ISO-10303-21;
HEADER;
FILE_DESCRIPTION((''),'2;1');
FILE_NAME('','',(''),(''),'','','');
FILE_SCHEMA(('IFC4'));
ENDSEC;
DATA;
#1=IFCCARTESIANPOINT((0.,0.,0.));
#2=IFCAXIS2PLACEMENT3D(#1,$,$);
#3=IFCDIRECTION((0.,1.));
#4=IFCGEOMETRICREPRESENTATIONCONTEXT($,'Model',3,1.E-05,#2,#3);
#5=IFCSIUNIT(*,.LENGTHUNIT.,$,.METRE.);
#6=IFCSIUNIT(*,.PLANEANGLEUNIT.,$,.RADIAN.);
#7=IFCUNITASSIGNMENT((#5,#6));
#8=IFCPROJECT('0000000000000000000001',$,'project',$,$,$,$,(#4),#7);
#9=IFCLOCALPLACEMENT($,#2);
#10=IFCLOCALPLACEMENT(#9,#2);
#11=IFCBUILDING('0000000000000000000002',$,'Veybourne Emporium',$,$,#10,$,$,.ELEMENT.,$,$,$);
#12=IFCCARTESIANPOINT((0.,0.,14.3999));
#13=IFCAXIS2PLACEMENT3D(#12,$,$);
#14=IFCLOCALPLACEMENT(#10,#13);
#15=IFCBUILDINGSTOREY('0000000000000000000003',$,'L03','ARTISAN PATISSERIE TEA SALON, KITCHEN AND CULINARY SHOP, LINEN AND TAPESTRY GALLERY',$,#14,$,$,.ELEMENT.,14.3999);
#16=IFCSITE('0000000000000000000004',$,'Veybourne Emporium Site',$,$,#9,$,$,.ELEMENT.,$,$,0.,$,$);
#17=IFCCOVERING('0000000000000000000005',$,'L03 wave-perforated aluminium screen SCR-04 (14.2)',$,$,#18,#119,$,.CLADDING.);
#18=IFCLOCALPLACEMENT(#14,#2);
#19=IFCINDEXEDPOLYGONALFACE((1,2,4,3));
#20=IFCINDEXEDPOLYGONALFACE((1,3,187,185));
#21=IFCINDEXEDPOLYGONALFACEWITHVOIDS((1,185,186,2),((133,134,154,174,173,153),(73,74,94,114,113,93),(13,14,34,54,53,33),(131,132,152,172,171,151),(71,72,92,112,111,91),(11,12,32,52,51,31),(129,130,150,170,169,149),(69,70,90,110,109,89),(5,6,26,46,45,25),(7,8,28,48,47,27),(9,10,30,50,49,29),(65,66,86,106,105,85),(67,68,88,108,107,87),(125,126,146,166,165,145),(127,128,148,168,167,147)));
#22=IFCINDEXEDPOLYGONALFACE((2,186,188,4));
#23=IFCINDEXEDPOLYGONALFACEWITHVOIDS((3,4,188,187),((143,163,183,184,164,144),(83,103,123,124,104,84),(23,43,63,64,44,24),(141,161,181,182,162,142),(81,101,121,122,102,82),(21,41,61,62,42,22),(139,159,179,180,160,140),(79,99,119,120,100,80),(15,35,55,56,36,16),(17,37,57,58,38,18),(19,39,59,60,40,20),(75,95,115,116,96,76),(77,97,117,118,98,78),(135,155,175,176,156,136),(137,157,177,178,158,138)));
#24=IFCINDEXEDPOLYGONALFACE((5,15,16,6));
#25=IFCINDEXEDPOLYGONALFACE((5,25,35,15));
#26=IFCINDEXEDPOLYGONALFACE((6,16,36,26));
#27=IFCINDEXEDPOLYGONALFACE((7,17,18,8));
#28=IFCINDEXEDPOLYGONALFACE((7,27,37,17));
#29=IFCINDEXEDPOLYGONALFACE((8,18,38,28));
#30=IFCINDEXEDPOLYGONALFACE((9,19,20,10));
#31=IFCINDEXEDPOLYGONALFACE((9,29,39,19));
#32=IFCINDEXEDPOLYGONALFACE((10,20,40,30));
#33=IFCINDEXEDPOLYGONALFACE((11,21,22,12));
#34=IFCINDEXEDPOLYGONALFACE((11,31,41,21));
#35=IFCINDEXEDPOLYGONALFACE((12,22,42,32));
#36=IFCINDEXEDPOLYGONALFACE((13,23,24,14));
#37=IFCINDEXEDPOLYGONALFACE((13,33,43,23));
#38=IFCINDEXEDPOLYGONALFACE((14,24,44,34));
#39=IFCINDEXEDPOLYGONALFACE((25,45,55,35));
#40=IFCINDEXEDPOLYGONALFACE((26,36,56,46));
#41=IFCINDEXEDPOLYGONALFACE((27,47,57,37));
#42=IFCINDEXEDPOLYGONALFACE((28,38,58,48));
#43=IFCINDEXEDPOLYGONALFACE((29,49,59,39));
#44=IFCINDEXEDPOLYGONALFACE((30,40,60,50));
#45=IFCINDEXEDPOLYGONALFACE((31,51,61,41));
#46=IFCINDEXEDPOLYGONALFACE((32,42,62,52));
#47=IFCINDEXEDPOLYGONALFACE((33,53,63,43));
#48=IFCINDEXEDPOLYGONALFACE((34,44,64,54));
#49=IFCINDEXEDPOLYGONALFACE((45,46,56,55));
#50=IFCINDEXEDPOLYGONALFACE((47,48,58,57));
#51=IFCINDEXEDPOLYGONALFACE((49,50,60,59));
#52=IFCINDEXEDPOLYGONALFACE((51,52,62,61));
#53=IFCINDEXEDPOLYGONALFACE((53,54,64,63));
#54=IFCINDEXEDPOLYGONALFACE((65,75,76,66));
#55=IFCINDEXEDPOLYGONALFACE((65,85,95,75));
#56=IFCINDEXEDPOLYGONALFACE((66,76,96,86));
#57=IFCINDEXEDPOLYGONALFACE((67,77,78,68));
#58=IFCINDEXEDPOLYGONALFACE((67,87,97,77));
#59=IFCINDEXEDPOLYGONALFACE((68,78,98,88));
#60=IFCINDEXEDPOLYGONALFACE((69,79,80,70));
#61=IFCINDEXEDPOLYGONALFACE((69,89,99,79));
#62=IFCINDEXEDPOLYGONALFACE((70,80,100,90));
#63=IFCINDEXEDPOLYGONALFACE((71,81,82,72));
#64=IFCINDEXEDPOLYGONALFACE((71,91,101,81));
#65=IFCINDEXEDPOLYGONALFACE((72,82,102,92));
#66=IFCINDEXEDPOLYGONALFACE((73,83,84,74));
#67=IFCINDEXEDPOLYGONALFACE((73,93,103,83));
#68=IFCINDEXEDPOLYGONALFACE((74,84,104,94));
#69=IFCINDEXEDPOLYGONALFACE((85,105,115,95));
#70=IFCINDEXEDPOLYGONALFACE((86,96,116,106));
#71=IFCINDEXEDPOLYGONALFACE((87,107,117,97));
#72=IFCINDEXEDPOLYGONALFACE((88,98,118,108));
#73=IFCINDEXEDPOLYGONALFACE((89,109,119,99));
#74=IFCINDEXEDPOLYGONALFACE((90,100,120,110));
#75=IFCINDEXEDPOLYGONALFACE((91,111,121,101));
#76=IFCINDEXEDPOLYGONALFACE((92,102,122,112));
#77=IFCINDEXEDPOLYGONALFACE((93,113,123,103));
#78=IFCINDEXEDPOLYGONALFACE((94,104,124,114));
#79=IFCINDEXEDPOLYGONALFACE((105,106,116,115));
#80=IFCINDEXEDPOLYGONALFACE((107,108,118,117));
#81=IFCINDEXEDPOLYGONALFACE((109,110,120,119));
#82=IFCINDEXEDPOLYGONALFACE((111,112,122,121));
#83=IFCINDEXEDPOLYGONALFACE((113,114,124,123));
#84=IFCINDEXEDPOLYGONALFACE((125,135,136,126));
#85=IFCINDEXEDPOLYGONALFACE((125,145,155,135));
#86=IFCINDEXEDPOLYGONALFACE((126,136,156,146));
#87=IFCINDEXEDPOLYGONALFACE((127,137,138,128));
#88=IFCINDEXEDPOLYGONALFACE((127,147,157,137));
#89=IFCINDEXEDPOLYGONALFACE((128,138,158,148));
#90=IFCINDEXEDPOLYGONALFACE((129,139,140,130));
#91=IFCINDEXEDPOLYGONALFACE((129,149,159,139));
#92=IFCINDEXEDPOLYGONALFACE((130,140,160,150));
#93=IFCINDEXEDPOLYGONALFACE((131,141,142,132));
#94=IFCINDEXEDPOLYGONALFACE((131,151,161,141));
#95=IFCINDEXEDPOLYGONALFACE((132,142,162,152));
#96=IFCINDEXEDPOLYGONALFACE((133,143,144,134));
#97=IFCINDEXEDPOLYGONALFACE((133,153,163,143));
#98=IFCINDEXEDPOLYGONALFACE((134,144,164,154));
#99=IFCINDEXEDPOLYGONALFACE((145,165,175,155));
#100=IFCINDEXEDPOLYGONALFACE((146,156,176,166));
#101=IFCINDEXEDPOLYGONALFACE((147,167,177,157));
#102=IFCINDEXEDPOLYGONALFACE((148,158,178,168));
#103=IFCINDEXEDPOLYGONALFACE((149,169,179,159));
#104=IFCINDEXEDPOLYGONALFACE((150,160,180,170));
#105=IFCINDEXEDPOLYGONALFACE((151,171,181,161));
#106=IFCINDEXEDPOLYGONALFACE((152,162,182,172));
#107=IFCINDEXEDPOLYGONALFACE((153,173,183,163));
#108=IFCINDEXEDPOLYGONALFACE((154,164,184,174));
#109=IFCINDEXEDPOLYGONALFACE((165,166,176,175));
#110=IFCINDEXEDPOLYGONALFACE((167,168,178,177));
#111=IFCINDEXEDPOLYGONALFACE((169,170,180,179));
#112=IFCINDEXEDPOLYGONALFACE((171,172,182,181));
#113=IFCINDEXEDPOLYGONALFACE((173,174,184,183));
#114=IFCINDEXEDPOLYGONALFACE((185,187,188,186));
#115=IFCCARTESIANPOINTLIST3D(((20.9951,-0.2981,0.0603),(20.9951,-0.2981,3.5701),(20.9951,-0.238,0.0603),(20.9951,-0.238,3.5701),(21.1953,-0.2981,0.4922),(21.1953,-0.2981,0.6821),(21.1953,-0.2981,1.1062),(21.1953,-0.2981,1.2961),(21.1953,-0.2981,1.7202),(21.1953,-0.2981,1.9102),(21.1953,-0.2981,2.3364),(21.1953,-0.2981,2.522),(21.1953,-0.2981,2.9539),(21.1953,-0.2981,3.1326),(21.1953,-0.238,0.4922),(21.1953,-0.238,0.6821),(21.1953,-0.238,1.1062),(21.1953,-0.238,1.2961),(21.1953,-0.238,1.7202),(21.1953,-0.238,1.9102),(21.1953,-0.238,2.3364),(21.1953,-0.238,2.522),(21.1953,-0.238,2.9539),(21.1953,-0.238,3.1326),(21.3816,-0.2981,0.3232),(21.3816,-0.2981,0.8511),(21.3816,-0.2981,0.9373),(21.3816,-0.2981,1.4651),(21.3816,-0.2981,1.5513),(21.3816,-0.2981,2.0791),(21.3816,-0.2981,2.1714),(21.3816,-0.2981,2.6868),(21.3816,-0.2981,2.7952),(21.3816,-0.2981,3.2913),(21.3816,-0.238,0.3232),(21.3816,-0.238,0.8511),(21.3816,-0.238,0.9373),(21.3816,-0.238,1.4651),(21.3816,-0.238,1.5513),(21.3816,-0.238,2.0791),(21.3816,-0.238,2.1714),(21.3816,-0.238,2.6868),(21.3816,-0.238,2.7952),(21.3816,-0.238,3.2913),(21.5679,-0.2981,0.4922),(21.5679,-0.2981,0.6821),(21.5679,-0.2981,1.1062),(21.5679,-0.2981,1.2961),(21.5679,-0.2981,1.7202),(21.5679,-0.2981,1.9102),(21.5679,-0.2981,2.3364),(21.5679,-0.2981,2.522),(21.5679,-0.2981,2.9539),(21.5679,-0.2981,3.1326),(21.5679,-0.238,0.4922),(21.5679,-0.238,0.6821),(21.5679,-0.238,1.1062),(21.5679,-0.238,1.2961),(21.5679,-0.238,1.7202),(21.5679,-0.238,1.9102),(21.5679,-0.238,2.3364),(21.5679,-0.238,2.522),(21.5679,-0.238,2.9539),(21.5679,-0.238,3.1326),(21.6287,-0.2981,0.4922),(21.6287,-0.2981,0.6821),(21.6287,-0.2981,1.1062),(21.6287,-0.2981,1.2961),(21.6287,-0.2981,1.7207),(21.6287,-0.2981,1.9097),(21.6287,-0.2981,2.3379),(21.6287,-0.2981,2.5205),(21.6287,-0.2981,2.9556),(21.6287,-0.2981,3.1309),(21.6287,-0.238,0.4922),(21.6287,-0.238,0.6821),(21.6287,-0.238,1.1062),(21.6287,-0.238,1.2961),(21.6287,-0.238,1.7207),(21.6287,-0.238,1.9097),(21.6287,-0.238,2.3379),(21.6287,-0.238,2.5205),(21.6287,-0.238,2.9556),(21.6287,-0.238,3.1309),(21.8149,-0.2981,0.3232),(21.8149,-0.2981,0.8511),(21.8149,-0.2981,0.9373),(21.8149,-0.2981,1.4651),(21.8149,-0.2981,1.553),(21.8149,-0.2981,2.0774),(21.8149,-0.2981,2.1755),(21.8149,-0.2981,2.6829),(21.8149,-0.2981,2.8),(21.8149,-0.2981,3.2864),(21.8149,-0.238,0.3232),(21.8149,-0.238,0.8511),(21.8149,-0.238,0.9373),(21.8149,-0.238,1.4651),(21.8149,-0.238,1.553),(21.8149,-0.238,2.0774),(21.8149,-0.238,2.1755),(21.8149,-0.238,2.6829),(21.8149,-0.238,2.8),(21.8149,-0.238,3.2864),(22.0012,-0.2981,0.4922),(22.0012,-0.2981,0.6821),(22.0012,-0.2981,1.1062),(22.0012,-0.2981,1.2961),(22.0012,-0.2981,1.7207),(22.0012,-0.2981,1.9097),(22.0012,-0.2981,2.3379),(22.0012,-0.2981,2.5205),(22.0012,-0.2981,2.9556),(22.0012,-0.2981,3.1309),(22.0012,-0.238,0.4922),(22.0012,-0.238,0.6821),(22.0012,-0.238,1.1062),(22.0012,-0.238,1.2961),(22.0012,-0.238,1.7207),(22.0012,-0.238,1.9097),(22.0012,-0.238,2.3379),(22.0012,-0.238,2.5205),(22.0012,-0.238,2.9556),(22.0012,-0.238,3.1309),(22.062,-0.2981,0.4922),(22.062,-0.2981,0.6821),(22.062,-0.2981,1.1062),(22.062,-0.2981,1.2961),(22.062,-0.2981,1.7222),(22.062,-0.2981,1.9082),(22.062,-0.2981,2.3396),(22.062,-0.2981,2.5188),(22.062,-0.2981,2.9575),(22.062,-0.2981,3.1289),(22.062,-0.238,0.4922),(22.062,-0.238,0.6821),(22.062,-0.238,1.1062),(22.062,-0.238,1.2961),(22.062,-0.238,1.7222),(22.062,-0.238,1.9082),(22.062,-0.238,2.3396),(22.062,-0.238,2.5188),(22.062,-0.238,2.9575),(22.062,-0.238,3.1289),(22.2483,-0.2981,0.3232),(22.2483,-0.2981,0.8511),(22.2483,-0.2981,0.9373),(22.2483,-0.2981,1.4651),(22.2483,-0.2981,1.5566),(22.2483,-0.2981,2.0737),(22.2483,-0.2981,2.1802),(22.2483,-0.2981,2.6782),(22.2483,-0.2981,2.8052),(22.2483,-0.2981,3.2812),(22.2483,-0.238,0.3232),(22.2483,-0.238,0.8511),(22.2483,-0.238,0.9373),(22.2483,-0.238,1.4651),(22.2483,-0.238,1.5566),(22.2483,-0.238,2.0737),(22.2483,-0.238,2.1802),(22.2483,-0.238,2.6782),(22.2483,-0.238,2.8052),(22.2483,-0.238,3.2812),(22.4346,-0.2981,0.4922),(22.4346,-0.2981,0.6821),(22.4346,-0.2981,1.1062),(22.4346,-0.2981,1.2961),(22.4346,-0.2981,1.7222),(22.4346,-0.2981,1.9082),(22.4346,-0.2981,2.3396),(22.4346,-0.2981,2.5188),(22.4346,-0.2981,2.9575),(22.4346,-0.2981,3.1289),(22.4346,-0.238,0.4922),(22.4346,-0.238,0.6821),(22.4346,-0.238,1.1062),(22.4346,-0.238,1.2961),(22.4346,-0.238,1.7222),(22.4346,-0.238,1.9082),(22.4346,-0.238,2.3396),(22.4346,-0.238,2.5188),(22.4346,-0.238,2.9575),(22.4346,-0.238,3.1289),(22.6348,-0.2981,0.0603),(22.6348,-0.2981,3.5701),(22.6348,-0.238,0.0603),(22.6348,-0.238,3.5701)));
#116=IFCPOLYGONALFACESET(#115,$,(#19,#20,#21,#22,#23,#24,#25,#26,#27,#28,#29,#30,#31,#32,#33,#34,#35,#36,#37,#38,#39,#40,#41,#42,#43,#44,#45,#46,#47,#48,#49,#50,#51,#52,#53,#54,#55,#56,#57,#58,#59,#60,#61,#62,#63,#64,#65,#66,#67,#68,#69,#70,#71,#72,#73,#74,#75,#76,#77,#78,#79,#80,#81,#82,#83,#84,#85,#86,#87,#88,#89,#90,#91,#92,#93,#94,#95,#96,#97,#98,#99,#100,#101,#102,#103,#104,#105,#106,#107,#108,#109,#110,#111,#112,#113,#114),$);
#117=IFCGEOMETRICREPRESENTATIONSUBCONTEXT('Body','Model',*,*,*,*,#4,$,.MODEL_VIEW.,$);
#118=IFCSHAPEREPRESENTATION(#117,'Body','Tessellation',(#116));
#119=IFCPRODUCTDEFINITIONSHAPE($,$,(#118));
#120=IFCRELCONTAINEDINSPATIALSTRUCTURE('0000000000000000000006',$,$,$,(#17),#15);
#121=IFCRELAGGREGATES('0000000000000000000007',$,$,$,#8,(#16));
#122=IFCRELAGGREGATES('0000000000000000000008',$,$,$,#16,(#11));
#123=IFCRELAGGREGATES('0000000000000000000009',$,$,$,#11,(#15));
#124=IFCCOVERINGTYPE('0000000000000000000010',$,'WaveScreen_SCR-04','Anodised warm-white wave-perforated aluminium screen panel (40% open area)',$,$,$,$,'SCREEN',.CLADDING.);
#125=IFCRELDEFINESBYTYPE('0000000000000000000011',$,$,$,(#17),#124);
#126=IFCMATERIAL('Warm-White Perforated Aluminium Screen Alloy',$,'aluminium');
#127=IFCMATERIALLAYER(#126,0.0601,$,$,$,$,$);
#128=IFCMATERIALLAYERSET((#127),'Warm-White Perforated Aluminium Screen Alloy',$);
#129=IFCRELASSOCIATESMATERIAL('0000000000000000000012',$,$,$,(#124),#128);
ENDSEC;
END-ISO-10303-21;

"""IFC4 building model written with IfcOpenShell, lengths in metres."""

from ifc_helpers import new_model, si_unit, direction, frame, origin, place, context, subcontext, project, spatial, polyline, outline, extrude, material, layer, layer_set, type_object, element, save


model = new_model("IFC4")

# Units and contexts
model_context = context("Model", 3, precision=1e-05, world=origin(), true_north=direction((0.0, 1.0)))
body_context = subcontext(model_context, "Body", "Model", "MODEL_VIEW")
ifc_project = project(units=[si_unit("LENGTHUNIT", "METRE"), si_unit("PLANEANGLEUNIT", "RADIAN")], contexts=[model_context])

# Site, building, storey
site_placement = place(None, origin())
site = spatial("IfcSite", under=ifc_project, at=site_placement, Name="Veybourne Emporium Site", CompositionType="ELEMENT", RefElevation=0.0)
building_placement = place(site_placement, origin())
building = spatial("IfcBuilding", under=site, at=building_placement, Name="Veybourne Emporium", CompositionType="ELEMENT")
storey_placement = place(building_placement, frame((0.0, 0.0, 14.3999)))
storey = spatial("IfcBuildingStorey", under=building, at=storey_placement, Name="L03", Description="ARTISAN PATISSERIE TEA SALON, KITCHEN AND CULINARY SHOP, LINEN AND TAPESTRY GALLERY", CompositionType="ELEMENT", Elevation=14.3999)

# Covering
ifc_material_1 = material(Name="Warm-White Perforated Aluminium Screen Alloy", Category="aluminium")
ifc_layer_1 = layer(ifc_material_1, 0.0601)
ifc_layer_set_1 = layer_set([ifc_layer_1], Name="Warm-White Perforated Aluminium Screen Alloy")
covering_type_1 = type_object("IfcCoveringType", Name="WaveScreen_SCR-04", Description="Anodised warm-white wave-perforated aluminium screen panel (40% open area)", ElementType="SCREEN", PredefinedType="CLADDING", material=ifc_layer_set_1)
covering_1_placement = place(storey_placement, frame((21.8149, -0.2981, 1.8152), z_axis=(0.0, 1.0, 0.0), x_axis=(-1.0, 0.0, 0.0)))
element("IfcCovering", 1, at=covering_1_placement, inside=storey, type_object=covering_type_1, Name="L03 wave-perforated aluminium screen SCR-04 (14.2)", PredefinedType="CLADDING", context=body_context, shape_type="SweptSolid", body=[
    extrude(outline(polyline([(-0.8198, -1.7549), (0.8198, -1.7549), (0.8198, 1.7549), (-0.8198, 1.7549), (-0.8198, -1.7549)]), holes=[polyline([(-0.4333, -0.9641), (-0.2471, -1.1331), (-0.2471, -1.323), (-0.4333, -1.4919), (-0.6196, -1.323), (-0.6196, -1.1331), (-0.4333, -0.9641)]), polyline([(-0.4333, -0.3501), (-0.2471, -0.519), (-0.2471, -0.709), (-0.4333, -0.8779), (-0.6196, -0.709), (-0.6196, -0.519), (-0.4333, -0.3501)]), polyline([(-0.4333, 0.2585), (-0.2471, 0.093), (-0.2471, -0.093), (-0.4333, -0.2585), (-0.6196, -0.093), (-0.6196, 0.093), (-0.4333, 0.2585)]), polyline([(-0.4333, 0.863), (-0.2471, 0.7036), (-0.2471, 0.5244), (-0.4333, 0.365), (-0.6196, 0.5244), (-0.6196, 0.7036), (-0.4333, 0.863)]), polyline([(-0.4333, 1.4661), (-0.2471, 1.3137), (-0.2471, 1.1423), (-0.4333, 0.99), (-0.6196, 1.1423), (-0.6196, 1.3137), (-0.4333, 1.4661)]), polyline([(0.0, -0.9641), (0.1863, -1.1331), (0.1863, -1.323), (0.0, -1.4919), (-0.1863, -1.323), (-0.1863, -1.1331), (0.0, -0.9641)]), polyline([(0.0, -0.3501), (0.1863, -0.519), (0.1863, -0.709), (0.0, -0.8779), (-0.1863, -0.709), (-0.1863, -0.519), (0.0, -0.3501)]), polyline([(0.0, 0.2622), (0.1863, 0.0945), (0.1863, -0.0945), (0.0, -0.2622), (-0.1863, -0.0945), (-0.1863, 0.0945), (0.0, 0.2622)]), polyline([(0.0, 0.8677), (0.1863, 0.7053), (0.1863, 0.5227), (0.0, 0.3604), (-0.1863, 0.5227), (-0.1863, 0.7053), (0.0, 0.8677)]), polyline([(0.0, 1.4712), (0.1863, 1.3157), (0.1863, 1.1404), (0.0, 0.9849), (-0.1863, 1.1404), (-0.1863, 1.3157), (0.0, 1.4712)]), polyline([(0.4333, -0.9641), (0.6196, -1.1331), (0.6196, -1.323), (0.4333, -1.4919), (0.2471, -1.323), (0.2471, -1.1331), (0.4333, -0.9641)]), polyline([(0.4333, -0.3501), (0.6196, -0.519), (0.6196, -0.709), (0.4333, -0.8779), (0.2471, -0.709), (0.2471, -0.519), (0.4333, -0.3501)]), polyline([(0.4333, 0.2639), (0.6196, 0.095), (0.6196, -0.095), (0.4333, -0.2639), (0.2471, -0.095), (0.2471, 0.095), (0.4333, 0.2639)]), polyline([(0.4333, 0.8716), (0.6196, 0.7068), (0.6196, 0.5212), (0.4333, 0.3562), (0.2471, 0.5212), (0.2471, 0.7068), (0.4333, 0.8716)]), polyline([(0.4333, 1.4761), (0.6196, 1.3174), (0.6196, 1.1387), (0.4333, 0.98), (0.2471, 1.1387), (0.2471, 1.3174), (0.4333, 1.4761)])]), origin(), (0.0, 0.0, 1.0), 0.0601),
])

save(model, "model.ifc")
